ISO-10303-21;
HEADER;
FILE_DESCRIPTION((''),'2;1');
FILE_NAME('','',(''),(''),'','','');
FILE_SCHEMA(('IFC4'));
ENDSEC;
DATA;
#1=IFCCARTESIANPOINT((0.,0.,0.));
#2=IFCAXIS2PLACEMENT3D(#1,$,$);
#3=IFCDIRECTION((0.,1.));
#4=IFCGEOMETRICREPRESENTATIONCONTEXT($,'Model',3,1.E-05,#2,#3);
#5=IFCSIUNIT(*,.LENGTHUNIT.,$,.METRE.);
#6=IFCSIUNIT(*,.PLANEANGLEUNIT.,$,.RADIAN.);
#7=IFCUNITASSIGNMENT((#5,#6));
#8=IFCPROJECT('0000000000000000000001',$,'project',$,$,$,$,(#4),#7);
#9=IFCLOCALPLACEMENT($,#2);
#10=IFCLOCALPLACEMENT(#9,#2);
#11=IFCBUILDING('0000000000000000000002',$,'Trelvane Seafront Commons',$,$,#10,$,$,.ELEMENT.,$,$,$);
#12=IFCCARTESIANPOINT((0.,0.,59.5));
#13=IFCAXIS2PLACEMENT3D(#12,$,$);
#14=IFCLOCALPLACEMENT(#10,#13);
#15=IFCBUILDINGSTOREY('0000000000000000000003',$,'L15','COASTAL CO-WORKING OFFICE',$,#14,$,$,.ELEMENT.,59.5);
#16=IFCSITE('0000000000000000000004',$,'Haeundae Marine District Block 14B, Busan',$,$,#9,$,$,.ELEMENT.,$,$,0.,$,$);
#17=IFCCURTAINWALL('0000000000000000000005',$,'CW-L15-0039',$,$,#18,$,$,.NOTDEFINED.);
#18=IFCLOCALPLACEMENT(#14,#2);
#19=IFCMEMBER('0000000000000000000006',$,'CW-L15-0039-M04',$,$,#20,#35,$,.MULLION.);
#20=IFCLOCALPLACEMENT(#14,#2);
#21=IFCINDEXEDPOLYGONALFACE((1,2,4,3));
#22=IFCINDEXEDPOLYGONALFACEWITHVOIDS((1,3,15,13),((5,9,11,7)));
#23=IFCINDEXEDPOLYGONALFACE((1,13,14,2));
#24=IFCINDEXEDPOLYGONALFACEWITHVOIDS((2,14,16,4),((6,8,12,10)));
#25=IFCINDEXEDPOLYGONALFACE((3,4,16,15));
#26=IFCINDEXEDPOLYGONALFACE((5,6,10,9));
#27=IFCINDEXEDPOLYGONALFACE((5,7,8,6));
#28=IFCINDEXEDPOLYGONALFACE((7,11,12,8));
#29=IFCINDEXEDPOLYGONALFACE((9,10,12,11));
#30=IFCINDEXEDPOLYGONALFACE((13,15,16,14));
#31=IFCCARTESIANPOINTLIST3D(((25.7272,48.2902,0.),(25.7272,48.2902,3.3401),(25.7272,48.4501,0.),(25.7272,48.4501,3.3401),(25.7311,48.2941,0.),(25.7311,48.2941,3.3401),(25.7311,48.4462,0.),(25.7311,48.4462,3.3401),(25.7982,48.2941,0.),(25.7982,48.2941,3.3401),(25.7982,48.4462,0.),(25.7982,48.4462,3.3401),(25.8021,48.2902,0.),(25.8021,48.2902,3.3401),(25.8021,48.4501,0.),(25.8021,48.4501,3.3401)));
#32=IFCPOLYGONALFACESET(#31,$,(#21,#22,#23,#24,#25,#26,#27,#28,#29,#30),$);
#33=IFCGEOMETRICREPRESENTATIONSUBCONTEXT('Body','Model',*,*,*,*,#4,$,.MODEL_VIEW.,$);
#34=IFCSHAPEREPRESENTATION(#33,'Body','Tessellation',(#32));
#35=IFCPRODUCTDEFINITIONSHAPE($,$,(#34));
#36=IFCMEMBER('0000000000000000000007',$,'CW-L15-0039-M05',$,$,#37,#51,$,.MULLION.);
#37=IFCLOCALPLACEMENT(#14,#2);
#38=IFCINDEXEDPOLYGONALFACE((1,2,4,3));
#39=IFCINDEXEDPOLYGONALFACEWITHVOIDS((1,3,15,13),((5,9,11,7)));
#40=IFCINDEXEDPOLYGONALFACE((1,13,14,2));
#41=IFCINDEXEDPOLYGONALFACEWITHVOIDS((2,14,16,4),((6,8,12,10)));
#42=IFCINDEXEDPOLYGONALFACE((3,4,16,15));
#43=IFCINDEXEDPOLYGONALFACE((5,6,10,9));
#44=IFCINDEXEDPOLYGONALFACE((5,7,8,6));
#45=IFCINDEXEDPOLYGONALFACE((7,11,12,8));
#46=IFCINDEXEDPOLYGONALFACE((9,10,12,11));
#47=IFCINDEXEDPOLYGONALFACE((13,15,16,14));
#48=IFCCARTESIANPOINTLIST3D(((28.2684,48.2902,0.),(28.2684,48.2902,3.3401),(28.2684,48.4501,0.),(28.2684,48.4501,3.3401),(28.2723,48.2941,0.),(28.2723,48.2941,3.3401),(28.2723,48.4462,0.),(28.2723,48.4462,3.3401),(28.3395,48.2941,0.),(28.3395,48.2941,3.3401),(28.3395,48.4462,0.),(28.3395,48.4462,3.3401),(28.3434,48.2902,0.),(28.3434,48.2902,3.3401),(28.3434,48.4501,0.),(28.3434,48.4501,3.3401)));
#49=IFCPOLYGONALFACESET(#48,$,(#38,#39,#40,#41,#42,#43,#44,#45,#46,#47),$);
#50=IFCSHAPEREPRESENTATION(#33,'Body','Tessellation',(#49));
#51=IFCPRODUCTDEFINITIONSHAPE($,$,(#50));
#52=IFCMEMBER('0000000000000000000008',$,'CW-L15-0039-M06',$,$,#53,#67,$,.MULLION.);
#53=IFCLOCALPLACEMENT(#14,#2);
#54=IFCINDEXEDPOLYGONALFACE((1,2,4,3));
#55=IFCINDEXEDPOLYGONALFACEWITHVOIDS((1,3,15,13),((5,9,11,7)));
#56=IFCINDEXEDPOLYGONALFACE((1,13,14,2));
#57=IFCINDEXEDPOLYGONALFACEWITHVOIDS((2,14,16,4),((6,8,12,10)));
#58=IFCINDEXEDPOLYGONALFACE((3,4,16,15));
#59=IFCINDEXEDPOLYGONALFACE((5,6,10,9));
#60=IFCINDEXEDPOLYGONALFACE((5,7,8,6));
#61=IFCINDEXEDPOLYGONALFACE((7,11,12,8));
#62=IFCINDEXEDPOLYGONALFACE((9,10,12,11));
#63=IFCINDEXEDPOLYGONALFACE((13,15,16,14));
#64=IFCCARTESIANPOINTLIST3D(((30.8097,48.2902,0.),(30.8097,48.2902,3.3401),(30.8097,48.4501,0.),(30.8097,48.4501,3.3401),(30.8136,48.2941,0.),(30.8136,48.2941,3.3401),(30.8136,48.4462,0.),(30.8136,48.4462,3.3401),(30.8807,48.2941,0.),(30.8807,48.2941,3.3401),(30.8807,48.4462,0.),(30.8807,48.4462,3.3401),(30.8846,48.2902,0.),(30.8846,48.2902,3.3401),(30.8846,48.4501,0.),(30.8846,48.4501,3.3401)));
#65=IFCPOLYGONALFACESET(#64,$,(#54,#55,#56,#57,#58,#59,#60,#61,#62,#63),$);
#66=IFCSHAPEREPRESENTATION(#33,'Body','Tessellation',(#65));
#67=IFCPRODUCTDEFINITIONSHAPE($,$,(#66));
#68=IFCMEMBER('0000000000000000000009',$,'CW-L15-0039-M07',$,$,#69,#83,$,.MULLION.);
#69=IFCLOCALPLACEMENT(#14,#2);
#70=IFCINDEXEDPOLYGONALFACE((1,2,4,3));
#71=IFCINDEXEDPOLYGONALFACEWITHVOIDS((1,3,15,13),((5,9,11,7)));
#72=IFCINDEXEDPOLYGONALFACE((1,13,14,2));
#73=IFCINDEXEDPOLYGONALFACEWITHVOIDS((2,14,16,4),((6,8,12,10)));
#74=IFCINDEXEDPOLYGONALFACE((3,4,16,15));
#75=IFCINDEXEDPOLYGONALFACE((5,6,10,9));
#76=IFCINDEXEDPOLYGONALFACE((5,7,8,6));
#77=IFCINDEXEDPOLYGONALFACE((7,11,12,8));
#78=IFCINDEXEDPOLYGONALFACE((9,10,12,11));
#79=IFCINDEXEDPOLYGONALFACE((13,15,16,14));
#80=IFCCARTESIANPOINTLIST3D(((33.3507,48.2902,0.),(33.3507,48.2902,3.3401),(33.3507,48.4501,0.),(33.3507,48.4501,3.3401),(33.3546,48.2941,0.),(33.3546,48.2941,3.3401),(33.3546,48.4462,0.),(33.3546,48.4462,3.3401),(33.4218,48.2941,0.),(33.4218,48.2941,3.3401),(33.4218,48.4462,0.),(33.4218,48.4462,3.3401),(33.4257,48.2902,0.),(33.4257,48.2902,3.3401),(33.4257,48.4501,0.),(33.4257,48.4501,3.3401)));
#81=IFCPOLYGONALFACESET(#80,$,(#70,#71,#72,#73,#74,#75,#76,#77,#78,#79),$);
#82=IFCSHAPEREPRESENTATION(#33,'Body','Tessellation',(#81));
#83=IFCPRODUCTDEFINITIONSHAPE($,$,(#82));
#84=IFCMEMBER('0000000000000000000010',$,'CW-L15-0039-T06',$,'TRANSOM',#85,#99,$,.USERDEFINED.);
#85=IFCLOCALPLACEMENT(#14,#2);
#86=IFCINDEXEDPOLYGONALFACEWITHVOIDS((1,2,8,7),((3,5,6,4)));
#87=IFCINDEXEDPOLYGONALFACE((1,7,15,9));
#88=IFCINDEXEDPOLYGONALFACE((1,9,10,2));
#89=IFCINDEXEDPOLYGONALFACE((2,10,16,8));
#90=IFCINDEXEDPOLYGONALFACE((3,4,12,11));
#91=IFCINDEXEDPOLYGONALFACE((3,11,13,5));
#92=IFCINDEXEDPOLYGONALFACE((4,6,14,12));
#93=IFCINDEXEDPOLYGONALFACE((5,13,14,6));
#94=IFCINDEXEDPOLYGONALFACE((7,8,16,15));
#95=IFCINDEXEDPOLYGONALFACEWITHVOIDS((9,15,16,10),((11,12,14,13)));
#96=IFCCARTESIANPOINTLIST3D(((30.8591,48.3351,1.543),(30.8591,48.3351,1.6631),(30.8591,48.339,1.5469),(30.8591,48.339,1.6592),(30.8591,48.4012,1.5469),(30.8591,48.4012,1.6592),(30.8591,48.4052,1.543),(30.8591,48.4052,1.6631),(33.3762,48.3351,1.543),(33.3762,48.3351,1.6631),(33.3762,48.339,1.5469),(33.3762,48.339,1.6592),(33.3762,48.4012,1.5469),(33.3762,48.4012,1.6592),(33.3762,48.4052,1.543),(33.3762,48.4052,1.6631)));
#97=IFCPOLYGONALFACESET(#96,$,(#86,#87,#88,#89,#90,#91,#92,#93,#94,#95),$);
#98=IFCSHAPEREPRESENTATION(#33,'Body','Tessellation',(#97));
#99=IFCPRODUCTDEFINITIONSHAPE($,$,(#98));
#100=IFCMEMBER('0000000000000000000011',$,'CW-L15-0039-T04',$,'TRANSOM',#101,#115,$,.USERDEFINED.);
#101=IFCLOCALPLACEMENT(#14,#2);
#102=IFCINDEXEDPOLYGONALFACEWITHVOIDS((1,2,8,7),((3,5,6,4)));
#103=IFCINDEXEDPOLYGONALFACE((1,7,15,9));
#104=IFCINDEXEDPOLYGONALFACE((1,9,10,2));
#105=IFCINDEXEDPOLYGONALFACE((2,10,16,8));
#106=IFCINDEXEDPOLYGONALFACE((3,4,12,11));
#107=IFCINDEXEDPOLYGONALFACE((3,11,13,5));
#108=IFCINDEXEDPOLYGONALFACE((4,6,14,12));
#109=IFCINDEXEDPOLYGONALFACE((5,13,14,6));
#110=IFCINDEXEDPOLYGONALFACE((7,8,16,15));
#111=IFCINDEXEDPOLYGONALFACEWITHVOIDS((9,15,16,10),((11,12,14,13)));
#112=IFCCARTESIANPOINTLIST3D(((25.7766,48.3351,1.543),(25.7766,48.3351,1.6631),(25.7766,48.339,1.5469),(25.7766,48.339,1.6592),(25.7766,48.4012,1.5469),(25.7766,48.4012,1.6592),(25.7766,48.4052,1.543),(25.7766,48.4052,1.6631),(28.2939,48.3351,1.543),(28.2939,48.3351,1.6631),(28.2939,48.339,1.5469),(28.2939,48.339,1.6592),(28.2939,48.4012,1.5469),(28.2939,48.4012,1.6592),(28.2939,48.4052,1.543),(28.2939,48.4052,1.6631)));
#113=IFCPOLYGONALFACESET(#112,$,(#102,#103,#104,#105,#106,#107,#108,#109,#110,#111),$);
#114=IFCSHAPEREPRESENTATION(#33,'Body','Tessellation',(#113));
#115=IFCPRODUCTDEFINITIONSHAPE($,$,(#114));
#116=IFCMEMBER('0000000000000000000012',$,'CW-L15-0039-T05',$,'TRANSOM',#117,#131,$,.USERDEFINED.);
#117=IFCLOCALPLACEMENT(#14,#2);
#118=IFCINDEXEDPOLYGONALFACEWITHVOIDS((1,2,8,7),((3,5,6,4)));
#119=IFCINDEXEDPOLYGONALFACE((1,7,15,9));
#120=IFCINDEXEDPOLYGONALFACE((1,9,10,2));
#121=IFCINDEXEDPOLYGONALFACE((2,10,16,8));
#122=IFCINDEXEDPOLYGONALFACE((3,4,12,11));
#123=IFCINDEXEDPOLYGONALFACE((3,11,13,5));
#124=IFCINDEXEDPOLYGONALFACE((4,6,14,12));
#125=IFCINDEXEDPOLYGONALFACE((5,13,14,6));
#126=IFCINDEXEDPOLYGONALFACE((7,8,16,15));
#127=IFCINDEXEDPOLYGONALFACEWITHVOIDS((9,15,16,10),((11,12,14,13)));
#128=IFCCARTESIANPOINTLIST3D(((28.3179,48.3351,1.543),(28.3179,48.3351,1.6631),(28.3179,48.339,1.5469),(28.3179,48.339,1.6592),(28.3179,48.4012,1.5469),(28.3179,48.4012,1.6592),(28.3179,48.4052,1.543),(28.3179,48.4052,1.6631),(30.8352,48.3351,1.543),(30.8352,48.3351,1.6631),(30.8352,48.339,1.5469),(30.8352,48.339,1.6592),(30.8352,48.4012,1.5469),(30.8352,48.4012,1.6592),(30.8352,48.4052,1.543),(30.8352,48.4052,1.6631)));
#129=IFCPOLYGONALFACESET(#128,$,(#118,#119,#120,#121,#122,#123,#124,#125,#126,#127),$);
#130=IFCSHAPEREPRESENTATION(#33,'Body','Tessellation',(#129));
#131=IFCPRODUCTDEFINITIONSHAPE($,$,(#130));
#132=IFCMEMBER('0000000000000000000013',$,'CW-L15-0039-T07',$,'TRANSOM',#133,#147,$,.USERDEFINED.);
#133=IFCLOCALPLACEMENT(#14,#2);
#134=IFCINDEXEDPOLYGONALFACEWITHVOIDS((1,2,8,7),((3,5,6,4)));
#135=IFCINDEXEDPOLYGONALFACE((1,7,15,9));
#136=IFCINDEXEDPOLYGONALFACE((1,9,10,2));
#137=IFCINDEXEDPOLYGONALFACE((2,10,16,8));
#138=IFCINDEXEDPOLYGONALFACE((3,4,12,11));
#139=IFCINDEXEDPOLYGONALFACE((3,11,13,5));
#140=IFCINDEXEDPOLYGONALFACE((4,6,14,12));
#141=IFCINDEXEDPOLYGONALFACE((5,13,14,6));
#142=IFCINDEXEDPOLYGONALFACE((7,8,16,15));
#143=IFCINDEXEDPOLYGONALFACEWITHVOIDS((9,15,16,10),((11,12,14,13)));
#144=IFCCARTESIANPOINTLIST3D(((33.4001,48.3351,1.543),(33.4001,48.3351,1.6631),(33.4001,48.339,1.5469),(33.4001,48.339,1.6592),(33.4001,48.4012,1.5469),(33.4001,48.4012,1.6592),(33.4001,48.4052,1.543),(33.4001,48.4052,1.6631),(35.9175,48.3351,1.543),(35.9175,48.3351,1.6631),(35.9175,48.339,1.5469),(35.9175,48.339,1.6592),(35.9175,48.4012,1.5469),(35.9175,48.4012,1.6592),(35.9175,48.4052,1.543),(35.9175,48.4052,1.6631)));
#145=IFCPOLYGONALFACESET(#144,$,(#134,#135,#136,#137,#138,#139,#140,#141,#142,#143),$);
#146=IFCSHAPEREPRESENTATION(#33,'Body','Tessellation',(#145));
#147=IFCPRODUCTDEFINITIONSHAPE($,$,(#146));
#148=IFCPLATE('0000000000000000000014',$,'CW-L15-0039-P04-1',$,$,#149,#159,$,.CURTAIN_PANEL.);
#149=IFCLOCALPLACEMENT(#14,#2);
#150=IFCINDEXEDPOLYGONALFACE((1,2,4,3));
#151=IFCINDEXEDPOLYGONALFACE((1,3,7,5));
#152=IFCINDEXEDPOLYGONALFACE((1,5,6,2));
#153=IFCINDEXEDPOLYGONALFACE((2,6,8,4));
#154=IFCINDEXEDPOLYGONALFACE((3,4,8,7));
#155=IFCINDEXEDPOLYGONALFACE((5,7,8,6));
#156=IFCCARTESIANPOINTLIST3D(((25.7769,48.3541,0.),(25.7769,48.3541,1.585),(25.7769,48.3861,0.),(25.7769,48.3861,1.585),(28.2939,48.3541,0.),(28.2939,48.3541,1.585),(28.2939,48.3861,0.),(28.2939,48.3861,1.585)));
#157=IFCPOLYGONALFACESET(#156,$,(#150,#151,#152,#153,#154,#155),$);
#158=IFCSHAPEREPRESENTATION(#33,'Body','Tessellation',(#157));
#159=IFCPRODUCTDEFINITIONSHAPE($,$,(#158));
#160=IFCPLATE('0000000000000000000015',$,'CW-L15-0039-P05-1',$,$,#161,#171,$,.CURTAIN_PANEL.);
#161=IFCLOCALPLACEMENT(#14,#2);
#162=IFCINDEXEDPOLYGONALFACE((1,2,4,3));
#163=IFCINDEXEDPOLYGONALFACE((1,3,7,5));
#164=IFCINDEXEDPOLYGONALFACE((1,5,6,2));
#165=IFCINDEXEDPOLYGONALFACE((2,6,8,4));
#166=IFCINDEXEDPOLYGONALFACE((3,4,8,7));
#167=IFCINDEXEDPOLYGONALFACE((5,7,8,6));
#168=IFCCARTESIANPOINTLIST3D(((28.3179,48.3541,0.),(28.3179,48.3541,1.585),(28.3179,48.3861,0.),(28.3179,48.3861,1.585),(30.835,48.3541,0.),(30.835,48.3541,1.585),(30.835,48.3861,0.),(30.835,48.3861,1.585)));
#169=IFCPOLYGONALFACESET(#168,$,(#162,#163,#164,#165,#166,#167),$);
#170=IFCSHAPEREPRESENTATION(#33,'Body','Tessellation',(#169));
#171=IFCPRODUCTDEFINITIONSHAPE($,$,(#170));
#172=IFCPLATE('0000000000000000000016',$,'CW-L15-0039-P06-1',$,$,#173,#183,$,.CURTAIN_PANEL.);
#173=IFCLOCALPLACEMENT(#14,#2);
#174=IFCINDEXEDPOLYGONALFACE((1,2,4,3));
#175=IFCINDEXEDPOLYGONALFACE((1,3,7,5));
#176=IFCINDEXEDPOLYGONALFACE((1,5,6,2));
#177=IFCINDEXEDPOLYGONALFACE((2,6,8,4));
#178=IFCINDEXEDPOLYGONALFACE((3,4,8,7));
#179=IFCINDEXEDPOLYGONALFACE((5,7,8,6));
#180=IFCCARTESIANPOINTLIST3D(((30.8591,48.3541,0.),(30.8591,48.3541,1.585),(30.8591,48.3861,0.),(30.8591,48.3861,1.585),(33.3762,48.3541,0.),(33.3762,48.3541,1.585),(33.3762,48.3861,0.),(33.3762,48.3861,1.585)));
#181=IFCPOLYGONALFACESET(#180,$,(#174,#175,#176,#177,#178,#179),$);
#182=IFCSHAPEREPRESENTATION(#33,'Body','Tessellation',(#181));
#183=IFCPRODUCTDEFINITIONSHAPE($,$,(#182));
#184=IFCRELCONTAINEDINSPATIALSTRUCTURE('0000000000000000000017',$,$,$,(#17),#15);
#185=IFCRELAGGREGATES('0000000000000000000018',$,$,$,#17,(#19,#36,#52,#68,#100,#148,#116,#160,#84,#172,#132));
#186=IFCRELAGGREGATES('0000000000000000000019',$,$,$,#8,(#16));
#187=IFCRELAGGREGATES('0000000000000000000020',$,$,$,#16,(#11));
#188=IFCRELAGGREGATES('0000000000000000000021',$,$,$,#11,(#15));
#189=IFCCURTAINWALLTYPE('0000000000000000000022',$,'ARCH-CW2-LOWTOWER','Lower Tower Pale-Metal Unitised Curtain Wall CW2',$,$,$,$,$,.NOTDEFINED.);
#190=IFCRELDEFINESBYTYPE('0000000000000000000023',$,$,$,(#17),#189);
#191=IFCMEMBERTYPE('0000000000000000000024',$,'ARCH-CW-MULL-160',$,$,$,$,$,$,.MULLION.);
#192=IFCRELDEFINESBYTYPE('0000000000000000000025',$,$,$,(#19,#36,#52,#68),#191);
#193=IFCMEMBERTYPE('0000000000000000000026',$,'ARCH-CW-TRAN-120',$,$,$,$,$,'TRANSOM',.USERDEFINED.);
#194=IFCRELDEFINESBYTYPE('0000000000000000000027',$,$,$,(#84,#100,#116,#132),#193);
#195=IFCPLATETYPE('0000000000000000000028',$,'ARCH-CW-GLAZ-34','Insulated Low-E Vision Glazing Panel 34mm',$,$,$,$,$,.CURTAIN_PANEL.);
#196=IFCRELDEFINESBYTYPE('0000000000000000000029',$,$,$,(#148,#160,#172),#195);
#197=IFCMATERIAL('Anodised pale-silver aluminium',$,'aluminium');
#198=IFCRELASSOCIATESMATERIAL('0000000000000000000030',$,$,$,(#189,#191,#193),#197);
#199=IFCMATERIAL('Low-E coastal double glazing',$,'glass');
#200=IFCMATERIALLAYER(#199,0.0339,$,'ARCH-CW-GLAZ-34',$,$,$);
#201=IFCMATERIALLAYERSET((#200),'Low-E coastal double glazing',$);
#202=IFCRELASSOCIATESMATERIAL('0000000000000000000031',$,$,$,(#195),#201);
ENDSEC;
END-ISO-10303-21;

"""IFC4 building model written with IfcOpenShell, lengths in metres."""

from ifc_helpers import new_model, si_unit, direction, frame, origin, origin_2d, place, context, subcontext, project, spatial, rectangle, hollow_rectangle, extrude, source, transform, mapped, material, layer, layer_set, material_profile, profile_set, type_object, element, aggregate, save


model = new_model("IFC4")

# Units and contexts
model_context = context("Model", 3, precision=1e-05, world=origin(), true_north=direction((0.0, 1.0)))
body_context = subcontext(model_context, "Body", "Model", "MODEL_VIEW")
ifc_project = project(units=[si_unit("LENGTHUNIT", "METRE"), si_unit("PLANEANGLEUNIT", "RADIAN")], contexts=[model_context])

# Site, building, storey
site_placement = place(None, origin())
site = spatial("IfcSite", under=ifc_project, at=site_placement, Name="Haeundae Marine District Block 14B, Busan", CompositionType="ELEMENT", RefElevation=0.0)
building_placement = place(site_placement, origin())
building = spatial("IfcBuilding", under=site, at=building_placement, Name="Trelvane Seafront Commons", CompositionType="ELEMENT")
storey_placement = place(building_placement, frame((0.0, 0.0, 59.5)))
storey = spatial("IfcBuildingStorey", under=building, at=storey_placement, Name="L15", Description="COASTAL CO-WORKING OFFICE", CompositionType="ELEMENT", Elevation=59.5)

# Curtain wall, members, plates
ifc_material_1 = material(Name="Anodised pale-silver aluminium", Category="aluminium")
curtain_wall_type = type_object("IfcCurtainWallType", Name="ARCH-CW2-LOWTOWER", Description="Lower Tower Pale-Metal Unitised Curtain Wall CW2", PredefinedType="NOTDEFINED", material=ifc_material_1)
curtain_wall_placement = place(storey_placement, origin())
curtain_wall = element("IfcCurtainWall", 1, at=curtain_wall_placement, inside=storey, type_object=curtain_wall_type, Name="CW-L15-0039", PredefinedType="NOTDEFINED")
ifc_material_profile_1 = material_profile(ifc_material_1, hollow_rectangle(XDim=0.075, YDim=0.1599, WallThickness=0.0039, at=origin_2d()), Name="MULL-75x160x4")
ifc_profile_set_1 = profile_set([ifc_material_profile_1], Name="Anodised pale-silver aluminium")
member_type_1 = type_object("IfcMemberType", Name="ARCH-CW-MULL-160", PredefinedType="MULLION", material=ifc_profile_set_1)
shared_shape_1 = source(origin(), body_context, "Body", "SweptSolid", [
    extrude(hollow_rectangle(XDim=0.075, YDim=0.1599, WallThickness=0.0039, at=origin_2d()), origin(), (0.0, 0.0, 1.0), 3.3401),
])
member_1_placement = place(storey_placement, frame((25.7646, 48.3701, 0.0), z_axis=(0.0, 0.0, 1.0), x_axis=(1.0, 0.0, 0.0)))
member_1 = element("IfcMember", 2, at=member_1_placement, type_object=member_type_1, Name="CW-L15-0039-M04", PredefinedType="MULLION", context=body_context, shape_type="MappedRepresentation", body=[
    mapped(shared_shape_1, transform((0.0, 0.0, 0.0), x_axis=(1.0, 0.0, 0.0), y_axis=(0.0, 1.0, 0.0), z_axis=(0.0, 0.0, 1.0), scale=1.0)),
])
member_2_placement = place(storey_placement, frame((28.3059, 48.3701, 0.0), z_axis=(0.0, 0.0, 1.0), x_axis=(1.0, 0.0, 0.0)))
member_2 = element("IfcMember", 3, at=member_2_placement, type_object=member_type_1, Name="CW-L15-0039-M05", PredefinedType="MULLION", context=body_context, shape_type="MappedRepresentation", body=[
    mapped(shared_shape_1, transform((0.0, 0.0, 0.0), x_axis=(1.0, 0.0, 0.0), y_axis=(0.0, 1.0, 0.0), z_axis=(0.0, 0.0, 1.0), scale=1.0)),
])
member_3_placement = place(storey_placement, frame((30.8472, 48.3701, 0.0), z_axis=(0.0, 0.0, 1.0), x_axis=(1.0, 0.0, 0.0)))
member_3 = element("IfcMember", 4, at=member_3_placement, type_object=member_type_1, Name="CW-L15-0039-M06", PredefinedType="MULLION", context=body_context, shape_type="MappedRepresentation", body=[
    mapped(shared_shape_1, transform((0.0, 0.0, 0.0), x_axis=(1.0, 0.0, 0.0), y_axis=(0.0, 1.0, 0.0), z_axis=(0.0, 0.0, 1.0), scale=1.0)),
])
member_4_placement = place(storey_placement, frame((33.3882, 48.3701, 0.0), z_axis=(0.0, 0.0, 1.0), x_axis=(1.0, 0.0, 0.0)))
member_4 = element("IfcMember", 5, at=member_4_placement, type_object=member_type_1, Name="CW-L15-0039-M07", PredefinedType="MULLION", context=body_context, shape_type="MappedRepresentation", body=[
    mapped(shared_shape_1, transform((0.0, 0.0, 0.0), x_axis=(1.0, 0.0, 0.0), y_axis=(0.0, 1.0, 0.0), z_axis=(0.0, 0.0, 1.0), scale=1.0)),
])
ifc_material_profile_2 = material_profile(ifc_material_1, hollow_rectangle(XDim=0.0701, YDim=0.1201, WallThickness=0.0039, at=origin_2d()), Name="TRAN-70x120x4")
ifc_profile_set_2 = profile_set([ifc_material_profile_2], Name="Anodised pale-silver aluminium")
member_type_2 = type_object("IfcMemberType", Name="ARCH-CW-TRAN-120", ElementType="TRANSOM", PredefinedType="USERDEFINED", material=ifc_profile_set_2)
shared_shape_2 = source(origin(), body_context, "Body", "SweptSolid", [
    extrude(hollow_rectangle(XDim=0.0701, YDim=0.1201, WallThickness=0.0039, at=origin_2d()), origin(), (0.0, 0.0, 1.0), 2.5171),
])
member_5_placement = place(storey_placement, frame((30.8591, 48.3701, 1.603), z_axis=(1.0, 0.0, 0.0), x_axis=(0.0, 1.0, 0.0)))
member_5 = element("IfcMember", 6, at=member_5_placement, type_object=member_type_2, Name="CW-L15-0039-T06", ObjectType="TRANSOM", PredefinedType="USERDEFINED", context=body_context, shape_type="MappedRepresentation", body=[
    mapped(shared_shape_2, transform((0.0, 0.0, 0.0), x_axis=(1.0, 0.0, 0.0), y_axis=(0.0, 1.0, 0.0), z_axis=(0.0, 0.0, 1.0), scale=1.0)),
])
shared_shape_3 = source(origin(), body_context, "Body", "SweptSolid", [
    extrude(hollow_rectangle(XDim=0.0701, YDim=0.1201, WallThickness=0.0039, at=origin_2d()), origin(), (0.0, 0.0, 1.0), 2.5173),
])
member_6_placement = place(storey_placement, frame((25.7766, 48.3701, 1.603), z_axis=(1.0, 0.0, 0.0), x_axis=(0.0, 1.0, 0.0)))
member_6 = element("IfcMember", 7, at=member_6_placement, type_object=member_type_2, Name="CW-L15-0039-T04", ObjectType="TRANSOM", PredefinedType="USERDEFINED", context=body_context, shape_type="MappedRepresentation", body=[
    mapped(shared_shape_3, transform((0.0, 0.0, 0.0), x_axis=(1.0, 0.0, 0.0), y_axis=(0.0, 1.0, 0.0), z_axis=(0.0, 0.0, 1.0), scale=1.0)),
])
member_7_placement = place(storey_placement, frame((28.3179, 48.3701, 1.603), z_axis=(1.0, 0.0, 0.0), x_axis=(0.0, 1.0, 0.0)))
member_7 = element("IfcMember", 8, at=member_7_placement, type_object=member_type_2, Name="CW-L15-0039-T05", ObjectType="TRANSOM", PredefinedType="USERDEFINED", context=body_context, shape_type="MappedRepresentation", body=[
    mapped(shared_shape_3, transform((0.0, 0.0, 0.0), x_axis=(1.0, 0.0, 0.0), y_axis=(0.0, 1.0, 0.0), z_axis=(0.0, 0.0, 1.0), scale=1.0)),
])
member_8_placement = place(storey_placement, frame((33.4001, 48.3701, 1.603), z_axis=(1.0, 0.0, 0.0), x_axis=(0.0, 1.0, 0.0)))
member_8 = element("IfcMember", 9, at=member_8_placement, type_object=member_type_2, Name="CW-L15-0039-T07", ObjectType="TRANSOM", PredefinedType="USERDEFINED", context=body_context, shape_type="MappedRepresentation", body=[
    mapped(shared_shape_3, transform((0.0, 0.0, 0.0), x_axis=(1.0, 0.0, 0.0), y_axis=(0.0, 1.0, 0.0), z_axis=(0.0, 0.0, 1.0), scale=1.0)),
])
ifc_material_2 = material(Name="Low-E coastal double glazing", Category="glass")
ifc_layer_1 = layer(ifc_material_2, 0.0339, Name="ARCH-CW-GLAZ-34")
ifc_layer_set_1 = layer_set([ifc_layer_1], Name="Low-E coastal double glazing")
plate_type_1 = type_object("IfcPlateType", Name="ARCH-CW-GLAZ-34", Description="Insulated Low-E Vision Glazing Panel 34mm", PredefinedType="CURTAIN_PANEL", material=ifc_layer_set_1)
shared_shape_4 = source(origin(), body_context, "Body", "SweptSolid", [
    extrude(rectangle(XDim=2.5171, YDim=0.032, at=origin_2d()), origin(), (0.0, 0.0, 1.0), 1.585),
])
plate_1_placement = place(storey_placement, frame((27.0354, 48.3701, 0.0), z_axis=(0.0, 0.0, 1.0), x_axis=(1.0, 0.0, 0.0)))
plate_1 = element("IfcPlate", 10, at=plate_1_placement, type_object=plate_type_1, Name="CW-L15-0039-P04-1", PredefinedType="CURTAIN_PANEL", context=body_context, shape_type="MappedRepresentation", body=[
    mapped(shared_shape_4, transform((0.0, 0.0, 0.0), x_axis=(1.0, 0.0, 0.0), y_axis=(0.0, 1.0, 0.0), z_axis=(0.0, 0.0, 1.0), scale=1.0)),
])
plate_2_placement = place(storey_placement, frame((29.5764, 48.3701, 0.0), z_axis=(0.0, 0.0, 1.0), x_axis=(1.0, 0.0, 0.0)))
plate_2 = element("IfcPlate", 11, at=plate_2_placement, type_object=plate_type_1, Name="CW-L15-0039-P05-1", PredefinedType="CURTAIN_PANEL", context=body_context, shape_type="MappedRepresentation", body=[
    mapped(shared_shape_4, transform((0.0, 0.0, 0.0), x_axis=(1.0, 0.0, 0.0), y_axis=(0.0, 1.0, 0.0), z_axis=(0.0, 0.0, 1.0), scale=1.0)),
])
plate_3_placement = place(storey_placement, frame((32.1177, 48.3701, 0.0), z_axis=(0.0, 0.0, 1.0), x_axis=(1.0, 0.0, 0.0)))
plate_3 = element("IfcPlate", 12, at=plate_3_placement, type_object=plate_type_1, Name="CW-L15-0039-P06-1", PredefinedType="CURTAIN_PANEL", context=body_context, shape_type="MappedRepresentation", body=[
    mapped(shared_shape_4, transform((0.0, 0.0, 0.0), x_axis=(1.0, 0.0, 0.0), y_axis=(0.0, 1.0, 0.0), z_axis=(0.0, 0.0, 1.0), scale=1.0)),
])
aggregate(curtain_wall, [member_1, member_2, member_3, member_4, member_6, plate_1, member_7, plate_2, member_5, plate_3, member_8])

save(model, "model.ifc")
